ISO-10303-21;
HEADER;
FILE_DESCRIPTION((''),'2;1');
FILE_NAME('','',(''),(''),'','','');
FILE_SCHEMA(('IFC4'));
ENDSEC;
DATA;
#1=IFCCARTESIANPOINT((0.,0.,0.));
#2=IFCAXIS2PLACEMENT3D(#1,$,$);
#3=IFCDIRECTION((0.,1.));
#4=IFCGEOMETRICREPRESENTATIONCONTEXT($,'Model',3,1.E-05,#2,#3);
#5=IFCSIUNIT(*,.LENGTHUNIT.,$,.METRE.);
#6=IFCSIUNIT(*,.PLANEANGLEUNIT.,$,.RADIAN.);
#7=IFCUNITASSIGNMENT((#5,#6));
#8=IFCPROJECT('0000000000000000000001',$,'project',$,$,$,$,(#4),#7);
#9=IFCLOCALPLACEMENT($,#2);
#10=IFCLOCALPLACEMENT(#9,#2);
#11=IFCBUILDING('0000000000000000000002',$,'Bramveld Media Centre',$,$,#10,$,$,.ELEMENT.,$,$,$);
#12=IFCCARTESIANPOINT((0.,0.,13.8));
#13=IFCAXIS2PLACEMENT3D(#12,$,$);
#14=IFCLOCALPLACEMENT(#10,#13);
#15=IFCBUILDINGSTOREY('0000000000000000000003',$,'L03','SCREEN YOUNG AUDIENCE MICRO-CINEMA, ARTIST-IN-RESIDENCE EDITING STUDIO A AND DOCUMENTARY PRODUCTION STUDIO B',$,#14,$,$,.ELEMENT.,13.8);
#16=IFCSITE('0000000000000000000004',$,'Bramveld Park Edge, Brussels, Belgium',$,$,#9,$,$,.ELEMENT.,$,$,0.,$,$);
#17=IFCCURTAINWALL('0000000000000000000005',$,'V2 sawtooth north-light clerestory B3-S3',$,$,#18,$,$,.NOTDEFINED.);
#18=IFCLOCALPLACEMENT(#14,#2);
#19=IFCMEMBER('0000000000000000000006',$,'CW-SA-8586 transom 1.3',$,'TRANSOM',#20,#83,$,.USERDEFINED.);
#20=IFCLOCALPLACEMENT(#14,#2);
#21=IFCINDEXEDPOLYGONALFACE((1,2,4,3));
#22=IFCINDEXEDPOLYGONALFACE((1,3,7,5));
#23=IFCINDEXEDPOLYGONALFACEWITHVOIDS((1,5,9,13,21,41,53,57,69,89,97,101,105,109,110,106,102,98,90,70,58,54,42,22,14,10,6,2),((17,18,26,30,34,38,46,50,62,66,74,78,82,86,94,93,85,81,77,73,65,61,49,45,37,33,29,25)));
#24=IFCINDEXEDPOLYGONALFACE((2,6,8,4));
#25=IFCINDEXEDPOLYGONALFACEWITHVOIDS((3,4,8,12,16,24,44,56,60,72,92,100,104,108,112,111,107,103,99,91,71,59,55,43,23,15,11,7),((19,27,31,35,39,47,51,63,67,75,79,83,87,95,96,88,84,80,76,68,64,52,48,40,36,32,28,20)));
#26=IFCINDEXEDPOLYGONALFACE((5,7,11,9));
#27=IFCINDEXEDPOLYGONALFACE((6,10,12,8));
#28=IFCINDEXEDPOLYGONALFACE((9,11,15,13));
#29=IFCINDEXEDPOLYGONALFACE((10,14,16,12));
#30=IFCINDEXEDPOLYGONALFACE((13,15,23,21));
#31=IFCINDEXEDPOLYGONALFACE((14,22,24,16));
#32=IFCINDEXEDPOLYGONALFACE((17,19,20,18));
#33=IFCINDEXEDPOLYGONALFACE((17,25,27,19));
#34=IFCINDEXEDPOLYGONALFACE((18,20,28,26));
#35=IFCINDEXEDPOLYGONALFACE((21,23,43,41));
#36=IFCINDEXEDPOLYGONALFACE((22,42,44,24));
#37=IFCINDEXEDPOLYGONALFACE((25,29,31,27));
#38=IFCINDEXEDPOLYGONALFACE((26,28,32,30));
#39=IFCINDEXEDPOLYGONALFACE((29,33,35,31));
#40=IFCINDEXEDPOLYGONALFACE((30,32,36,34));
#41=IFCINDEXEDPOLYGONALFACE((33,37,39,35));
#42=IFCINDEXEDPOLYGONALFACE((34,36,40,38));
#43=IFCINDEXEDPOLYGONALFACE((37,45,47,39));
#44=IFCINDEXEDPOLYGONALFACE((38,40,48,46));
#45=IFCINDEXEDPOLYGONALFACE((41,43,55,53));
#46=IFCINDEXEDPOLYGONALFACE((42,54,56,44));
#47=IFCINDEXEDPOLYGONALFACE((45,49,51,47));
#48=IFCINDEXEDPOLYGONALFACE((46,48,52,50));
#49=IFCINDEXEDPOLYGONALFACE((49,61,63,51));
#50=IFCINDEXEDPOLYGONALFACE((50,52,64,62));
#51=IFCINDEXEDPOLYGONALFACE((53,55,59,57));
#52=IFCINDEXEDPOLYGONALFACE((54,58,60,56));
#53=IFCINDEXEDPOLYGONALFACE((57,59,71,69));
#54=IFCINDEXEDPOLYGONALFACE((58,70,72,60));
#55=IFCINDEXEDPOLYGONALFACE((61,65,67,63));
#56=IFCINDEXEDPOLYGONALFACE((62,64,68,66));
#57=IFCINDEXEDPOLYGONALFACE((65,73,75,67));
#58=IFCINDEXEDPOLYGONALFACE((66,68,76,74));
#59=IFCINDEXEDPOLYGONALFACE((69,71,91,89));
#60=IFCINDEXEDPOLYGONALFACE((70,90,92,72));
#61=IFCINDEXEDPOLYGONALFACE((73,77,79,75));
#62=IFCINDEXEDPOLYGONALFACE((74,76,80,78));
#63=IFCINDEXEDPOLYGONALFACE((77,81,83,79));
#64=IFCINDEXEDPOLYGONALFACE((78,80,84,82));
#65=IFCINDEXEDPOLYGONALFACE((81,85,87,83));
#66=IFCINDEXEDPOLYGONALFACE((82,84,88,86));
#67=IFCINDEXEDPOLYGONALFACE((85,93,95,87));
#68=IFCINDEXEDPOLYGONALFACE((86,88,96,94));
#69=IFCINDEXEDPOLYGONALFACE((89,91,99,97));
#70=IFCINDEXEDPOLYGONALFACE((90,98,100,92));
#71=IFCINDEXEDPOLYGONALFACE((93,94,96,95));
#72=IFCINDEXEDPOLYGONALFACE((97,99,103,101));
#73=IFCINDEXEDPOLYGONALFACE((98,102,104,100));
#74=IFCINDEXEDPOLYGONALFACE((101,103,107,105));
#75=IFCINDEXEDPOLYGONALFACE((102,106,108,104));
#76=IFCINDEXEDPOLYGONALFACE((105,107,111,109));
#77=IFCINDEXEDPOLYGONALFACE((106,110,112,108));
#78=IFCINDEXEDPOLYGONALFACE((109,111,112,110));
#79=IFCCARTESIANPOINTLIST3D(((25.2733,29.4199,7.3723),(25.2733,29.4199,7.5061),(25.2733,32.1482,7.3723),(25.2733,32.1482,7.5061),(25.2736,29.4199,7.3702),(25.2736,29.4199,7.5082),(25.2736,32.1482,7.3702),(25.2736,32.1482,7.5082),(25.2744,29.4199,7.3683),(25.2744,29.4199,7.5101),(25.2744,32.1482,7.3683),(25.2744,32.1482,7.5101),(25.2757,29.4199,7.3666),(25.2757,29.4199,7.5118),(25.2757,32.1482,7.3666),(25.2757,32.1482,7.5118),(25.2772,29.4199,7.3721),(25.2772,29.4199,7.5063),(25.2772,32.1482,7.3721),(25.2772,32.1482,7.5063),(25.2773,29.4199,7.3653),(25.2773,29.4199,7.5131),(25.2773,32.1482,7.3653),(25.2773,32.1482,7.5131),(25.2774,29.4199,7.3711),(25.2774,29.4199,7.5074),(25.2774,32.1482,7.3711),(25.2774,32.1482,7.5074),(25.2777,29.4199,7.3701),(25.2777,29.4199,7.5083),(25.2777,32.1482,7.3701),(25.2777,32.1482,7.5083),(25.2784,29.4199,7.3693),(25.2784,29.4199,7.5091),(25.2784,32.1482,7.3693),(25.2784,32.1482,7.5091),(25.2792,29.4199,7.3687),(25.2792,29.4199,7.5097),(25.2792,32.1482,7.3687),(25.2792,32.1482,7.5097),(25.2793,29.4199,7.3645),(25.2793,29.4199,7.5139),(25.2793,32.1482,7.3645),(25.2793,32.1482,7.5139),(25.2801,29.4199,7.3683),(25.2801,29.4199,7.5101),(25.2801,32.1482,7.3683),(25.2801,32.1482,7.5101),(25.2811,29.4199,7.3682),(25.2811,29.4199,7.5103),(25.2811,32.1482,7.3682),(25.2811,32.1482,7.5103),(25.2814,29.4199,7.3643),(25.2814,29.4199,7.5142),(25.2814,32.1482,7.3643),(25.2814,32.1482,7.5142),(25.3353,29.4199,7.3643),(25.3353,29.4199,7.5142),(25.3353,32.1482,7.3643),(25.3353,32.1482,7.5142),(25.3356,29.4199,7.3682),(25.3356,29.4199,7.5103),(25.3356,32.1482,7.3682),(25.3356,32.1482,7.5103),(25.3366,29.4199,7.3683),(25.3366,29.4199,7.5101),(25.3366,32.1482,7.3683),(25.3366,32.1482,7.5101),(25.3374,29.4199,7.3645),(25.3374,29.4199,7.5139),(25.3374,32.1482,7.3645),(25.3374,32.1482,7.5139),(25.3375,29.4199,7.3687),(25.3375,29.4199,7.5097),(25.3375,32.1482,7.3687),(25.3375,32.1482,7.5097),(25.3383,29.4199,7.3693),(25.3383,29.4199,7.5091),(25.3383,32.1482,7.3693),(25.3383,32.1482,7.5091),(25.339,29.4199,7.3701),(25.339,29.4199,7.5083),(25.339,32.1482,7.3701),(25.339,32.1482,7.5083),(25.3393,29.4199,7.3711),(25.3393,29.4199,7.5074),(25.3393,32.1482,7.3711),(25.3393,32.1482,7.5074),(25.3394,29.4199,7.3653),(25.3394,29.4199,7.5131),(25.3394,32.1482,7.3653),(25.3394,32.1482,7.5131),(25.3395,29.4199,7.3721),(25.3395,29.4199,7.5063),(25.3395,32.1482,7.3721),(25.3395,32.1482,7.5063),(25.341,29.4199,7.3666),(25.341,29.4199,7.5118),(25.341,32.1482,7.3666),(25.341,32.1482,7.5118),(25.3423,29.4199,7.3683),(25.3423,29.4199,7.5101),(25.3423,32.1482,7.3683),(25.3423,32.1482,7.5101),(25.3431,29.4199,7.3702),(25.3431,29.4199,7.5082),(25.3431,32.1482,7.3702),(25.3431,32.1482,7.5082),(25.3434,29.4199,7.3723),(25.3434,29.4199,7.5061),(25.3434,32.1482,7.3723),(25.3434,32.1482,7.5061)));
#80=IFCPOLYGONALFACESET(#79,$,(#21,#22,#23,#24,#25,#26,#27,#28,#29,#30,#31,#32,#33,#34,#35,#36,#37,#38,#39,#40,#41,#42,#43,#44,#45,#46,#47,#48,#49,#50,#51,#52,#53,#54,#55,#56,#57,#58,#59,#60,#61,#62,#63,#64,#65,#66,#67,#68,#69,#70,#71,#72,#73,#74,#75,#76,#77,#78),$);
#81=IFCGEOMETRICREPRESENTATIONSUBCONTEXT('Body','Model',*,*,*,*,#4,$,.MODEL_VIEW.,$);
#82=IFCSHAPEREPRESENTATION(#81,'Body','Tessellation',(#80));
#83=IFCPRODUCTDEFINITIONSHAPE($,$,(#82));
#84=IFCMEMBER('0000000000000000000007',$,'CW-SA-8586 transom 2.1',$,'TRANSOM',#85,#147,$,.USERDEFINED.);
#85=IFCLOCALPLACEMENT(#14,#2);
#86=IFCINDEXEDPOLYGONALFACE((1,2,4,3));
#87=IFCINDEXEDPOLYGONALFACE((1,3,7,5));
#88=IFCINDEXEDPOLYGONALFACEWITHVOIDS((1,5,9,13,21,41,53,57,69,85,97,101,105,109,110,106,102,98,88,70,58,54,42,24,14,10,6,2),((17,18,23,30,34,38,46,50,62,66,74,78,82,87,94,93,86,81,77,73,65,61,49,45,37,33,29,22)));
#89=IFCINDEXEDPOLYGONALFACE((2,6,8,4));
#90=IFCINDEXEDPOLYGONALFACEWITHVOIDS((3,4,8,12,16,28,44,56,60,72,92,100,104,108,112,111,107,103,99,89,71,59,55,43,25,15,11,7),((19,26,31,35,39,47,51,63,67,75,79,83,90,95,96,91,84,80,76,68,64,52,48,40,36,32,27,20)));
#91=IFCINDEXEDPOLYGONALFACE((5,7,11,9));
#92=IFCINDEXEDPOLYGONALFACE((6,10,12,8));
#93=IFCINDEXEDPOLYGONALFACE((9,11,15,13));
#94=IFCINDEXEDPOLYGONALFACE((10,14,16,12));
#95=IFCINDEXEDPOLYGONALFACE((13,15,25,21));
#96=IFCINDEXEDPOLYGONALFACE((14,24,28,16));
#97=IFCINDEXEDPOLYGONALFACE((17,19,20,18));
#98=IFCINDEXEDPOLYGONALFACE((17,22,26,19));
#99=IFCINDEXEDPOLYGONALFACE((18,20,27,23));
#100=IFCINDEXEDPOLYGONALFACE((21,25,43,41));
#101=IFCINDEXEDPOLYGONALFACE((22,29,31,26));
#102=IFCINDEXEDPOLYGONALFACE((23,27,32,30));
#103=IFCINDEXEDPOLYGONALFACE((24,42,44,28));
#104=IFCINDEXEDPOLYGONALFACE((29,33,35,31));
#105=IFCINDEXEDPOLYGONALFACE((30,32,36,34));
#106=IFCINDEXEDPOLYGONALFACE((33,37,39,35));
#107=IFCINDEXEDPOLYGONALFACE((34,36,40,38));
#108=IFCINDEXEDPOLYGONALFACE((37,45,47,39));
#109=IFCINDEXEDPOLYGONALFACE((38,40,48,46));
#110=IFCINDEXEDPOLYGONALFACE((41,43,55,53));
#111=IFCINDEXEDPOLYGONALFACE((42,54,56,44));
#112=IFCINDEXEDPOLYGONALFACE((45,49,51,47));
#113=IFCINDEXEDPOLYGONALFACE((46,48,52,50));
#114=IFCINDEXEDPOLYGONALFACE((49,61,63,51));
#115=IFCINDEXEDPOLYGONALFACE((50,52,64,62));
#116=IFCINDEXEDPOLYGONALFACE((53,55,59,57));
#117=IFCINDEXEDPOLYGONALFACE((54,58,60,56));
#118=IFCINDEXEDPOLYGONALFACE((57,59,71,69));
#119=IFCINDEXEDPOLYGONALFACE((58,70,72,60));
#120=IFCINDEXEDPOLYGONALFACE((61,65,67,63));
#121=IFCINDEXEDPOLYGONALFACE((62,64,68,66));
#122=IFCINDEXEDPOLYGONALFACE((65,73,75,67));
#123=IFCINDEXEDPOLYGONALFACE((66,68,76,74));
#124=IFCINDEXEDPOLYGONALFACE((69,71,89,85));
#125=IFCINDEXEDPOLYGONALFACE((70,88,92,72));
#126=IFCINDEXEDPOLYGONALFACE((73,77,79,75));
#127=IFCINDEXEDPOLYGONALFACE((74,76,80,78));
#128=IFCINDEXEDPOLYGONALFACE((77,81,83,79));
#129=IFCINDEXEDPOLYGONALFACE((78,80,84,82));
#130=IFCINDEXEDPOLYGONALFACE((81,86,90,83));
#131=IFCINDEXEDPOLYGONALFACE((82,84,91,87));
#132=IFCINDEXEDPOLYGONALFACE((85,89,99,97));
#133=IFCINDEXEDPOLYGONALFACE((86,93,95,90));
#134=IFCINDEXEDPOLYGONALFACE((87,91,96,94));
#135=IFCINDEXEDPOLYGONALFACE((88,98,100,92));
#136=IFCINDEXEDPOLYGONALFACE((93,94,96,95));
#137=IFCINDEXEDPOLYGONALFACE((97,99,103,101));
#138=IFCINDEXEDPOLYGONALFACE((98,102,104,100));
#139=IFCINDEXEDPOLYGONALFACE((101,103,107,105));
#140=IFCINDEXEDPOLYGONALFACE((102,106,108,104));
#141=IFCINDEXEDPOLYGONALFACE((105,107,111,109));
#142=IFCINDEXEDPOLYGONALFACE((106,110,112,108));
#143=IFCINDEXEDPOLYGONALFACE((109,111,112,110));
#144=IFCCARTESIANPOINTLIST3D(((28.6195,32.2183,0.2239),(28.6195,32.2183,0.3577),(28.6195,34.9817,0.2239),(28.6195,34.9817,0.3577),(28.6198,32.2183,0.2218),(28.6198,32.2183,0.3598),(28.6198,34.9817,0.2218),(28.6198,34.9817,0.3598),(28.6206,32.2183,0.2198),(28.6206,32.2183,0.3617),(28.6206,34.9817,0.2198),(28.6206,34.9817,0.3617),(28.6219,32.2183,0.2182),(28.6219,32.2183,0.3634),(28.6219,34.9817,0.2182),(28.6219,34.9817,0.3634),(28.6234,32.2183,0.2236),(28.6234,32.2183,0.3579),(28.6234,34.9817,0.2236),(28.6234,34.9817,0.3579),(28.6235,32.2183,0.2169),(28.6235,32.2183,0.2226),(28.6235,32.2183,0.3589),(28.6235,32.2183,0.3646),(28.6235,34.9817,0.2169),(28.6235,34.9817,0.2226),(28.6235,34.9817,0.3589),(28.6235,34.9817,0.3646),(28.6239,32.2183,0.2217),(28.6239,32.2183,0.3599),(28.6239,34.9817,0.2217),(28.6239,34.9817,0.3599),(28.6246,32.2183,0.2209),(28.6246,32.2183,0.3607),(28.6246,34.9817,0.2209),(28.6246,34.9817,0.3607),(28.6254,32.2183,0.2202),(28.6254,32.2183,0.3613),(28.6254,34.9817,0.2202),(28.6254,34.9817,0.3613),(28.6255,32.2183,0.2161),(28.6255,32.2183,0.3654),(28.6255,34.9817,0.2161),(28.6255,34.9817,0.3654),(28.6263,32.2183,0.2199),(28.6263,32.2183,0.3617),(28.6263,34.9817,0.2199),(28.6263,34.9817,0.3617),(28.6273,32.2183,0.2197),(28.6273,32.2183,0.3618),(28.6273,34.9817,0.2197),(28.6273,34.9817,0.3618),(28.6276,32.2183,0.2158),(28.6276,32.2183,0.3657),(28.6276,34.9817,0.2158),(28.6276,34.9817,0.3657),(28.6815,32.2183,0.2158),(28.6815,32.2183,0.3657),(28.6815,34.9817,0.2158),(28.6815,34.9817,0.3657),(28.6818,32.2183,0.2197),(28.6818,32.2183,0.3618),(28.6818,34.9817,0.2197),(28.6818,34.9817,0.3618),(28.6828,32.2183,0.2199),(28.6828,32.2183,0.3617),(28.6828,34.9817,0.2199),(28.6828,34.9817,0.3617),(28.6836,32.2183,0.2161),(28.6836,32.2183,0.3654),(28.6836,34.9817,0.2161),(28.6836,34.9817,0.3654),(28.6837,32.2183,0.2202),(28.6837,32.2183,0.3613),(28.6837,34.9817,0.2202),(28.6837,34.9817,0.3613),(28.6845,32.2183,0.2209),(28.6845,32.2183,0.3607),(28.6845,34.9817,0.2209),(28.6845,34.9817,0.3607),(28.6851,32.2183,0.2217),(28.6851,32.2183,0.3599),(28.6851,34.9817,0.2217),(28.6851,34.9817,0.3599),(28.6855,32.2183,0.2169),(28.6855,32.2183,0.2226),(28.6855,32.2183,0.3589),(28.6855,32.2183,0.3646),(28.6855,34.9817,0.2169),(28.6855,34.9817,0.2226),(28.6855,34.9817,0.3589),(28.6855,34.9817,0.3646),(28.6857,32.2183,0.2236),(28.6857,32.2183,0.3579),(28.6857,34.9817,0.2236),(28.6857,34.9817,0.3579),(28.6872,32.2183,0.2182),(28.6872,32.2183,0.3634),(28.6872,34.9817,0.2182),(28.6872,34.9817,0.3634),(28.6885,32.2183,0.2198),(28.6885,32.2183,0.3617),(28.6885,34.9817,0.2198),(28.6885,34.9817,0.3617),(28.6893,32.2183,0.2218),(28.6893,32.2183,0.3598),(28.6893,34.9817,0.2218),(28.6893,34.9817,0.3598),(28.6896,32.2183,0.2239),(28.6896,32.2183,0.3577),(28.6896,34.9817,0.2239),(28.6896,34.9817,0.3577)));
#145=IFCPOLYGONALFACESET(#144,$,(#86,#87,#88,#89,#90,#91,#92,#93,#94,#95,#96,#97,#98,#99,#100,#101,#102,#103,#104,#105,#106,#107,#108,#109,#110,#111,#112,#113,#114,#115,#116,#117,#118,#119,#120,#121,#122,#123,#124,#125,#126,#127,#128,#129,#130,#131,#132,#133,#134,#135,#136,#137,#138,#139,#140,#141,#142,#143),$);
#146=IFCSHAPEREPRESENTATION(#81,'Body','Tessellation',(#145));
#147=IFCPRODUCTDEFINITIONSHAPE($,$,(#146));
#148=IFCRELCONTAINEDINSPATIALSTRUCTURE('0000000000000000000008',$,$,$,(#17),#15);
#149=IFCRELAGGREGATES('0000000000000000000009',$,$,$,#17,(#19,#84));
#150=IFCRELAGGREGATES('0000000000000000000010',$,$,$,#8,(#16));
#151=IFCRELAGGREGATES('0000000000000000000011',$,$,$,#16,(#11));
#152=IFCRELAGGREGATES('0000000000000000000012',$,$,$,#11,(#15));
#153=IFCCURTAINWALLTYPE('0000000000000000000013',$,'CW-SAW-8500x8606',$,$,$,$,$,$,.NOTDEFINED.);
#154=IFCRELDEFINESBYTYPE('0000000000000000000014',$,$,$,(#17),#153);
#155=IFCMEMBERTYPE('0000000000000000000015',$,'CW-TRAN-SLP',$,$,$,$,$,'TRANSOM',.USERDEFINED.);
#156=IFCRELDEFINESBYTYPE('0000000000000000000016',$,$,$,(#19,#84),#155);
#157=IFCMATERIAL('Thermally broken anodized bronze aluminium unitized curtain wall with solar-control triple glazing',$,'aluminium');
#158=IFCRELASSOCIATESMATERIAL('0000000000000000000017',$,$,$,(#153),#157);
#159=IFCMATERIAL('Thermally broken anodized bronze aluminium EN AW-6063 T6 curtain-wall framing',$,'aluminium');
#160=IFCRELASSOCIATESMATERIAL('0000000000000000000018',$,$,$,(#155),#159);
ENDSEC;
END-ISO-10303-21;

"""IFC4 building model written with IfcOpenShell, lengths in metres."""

from ifc_helpers import new_model, si_unit, direction, frame, origin, origin_2d, place, context, subcontext, project, spatial, hollow_rectangle, extrude, material, material_profile, profile_set, type_object, element, aggregate, save


model = new_model("IFC4")

# Units and contexts
model_context = context("Model", 3, precision=1e-05, world=origin(), true_north=direction((0.0, 1.0)))
body_context = subcontext(model_context, "Body", "Model", "MODEL_VIEW")
ifc_project = project(units=[si_unit("LENGTHUNIT", "METRE"), si_unit("PLANEANGLEUNIT", "RADIAN")], contexts=[model_context])

# Site, building, storey
site_placement = place(None, origin())
site = spatial("IfcSite", under=ifc_project, at=site_placement, Name="Bramveld Park Edge, Brussels, Belgium", CompositionType="ELEMENT", RefElevation=0.0)
building_placement = place(site_placement, origin())
building = spatial("IfcBuilding", under=site, at=building_placement, Name="Bramveld Media Centre", CompositionType="ELEMENT")
storey_placement = place(building_placement, frame((0.0, 0.0, 13.8)))
storey = spatial("IfcBuildingStorey", under=building, at=storey_placement, Name="L03", Description="SCREEN YOUNG AUDIENCE MICRO-CINEMA, ARTIST-IN-RESIDENCE EDITING STUDIO A AND DOCUMENTARY PRODUCTION STUDIO B", CompositionType="ELEMENT", Elevation=13.8)

# Curtain wall, members
ifc_material_1 = material(Name="Thermally broken anodized bronze aluminium unitized curtain wall with solar-control triple glazing", Category="aluminium")
curtain_wall_type = type_object("IfcCurtainWallType", Name="CW-SAW-8500x8606", PredefinedType="NOTDEFINED", material=ifc_material_1)
curtain_wall_placement = place(storey_placement, origin())
curtain_wall = element("IfcCurtainWall", 1, at=curtain_wall_placement, inside=storey, type_object=curtain_wall_type, Name="V2 sawtooth north-light clerestory B3-S3", PredefinedType="NOTDEFINED")
ifc_material_2 = material(Name="Thermally broken anodized bronze aluminium EN AW-6063 T6 curtain-wall framing", Category="aluminium")
ifc_material_profile_1 = material_profile(ifc_material_2, hollow_rectangle(XDim=0.0701, YDim=0.1499, WallThickness=0.0039, InnerFilletRadius=0.0039, OuterFilletRadius=0.0081, at=origin_2d()), Name="AL-TRAN 70x150")
ifc_profile_set_1 = profile_set([ifc_material_profile_1], Name="Thermally broken anodized bronze aluminium EN AW-6063 T6 curtain-wall framing")
member_type_1 = type_object("IfcMemberType", Name="CW-TRAN-SLP", ElementType="TRANSOM", PredefinedType="USERDEFINED", material=ifc_profile_set_1)
member_1_placement = place(storey_placement, frame((25.3083, 29.4199, 7.4392), z_axis=(0.0, 1.0, 0.0), x_axis=(-1.0, 0.0, 0.0)))
member_1 = element("IfcMember", 2, at=member_1_placement, type_object=member_type_1, Name="CW-SA-8586 transom 1.3", ObjectType="TRANSOM", PredefinedType="USERDEFINED", context=body_context, shape_type="SweptSolid", body=[
    extrude(hollow_rectangle(XDim=0.0701, YDim=0.1499, WallThickness=0.0039, InnerFilletRadius=0.0039, OuterFilletRadius=0.0081, at=origin_2d()), origin(), (0.0, 0.0, 1.0), 2.7283),
])
member_2_placement = place(storey_placement, frame((28.6545, 32.2183, 0.2908), z_axis=(0.0, 1.0, 0.0), x_axis=(-1.0, 0.0, 0.0)))
member_2 = element("IfcMember", 3, at=member_2_placement, type_object=member_type_1, Name="CW-SA-8586 transom 2.1", ObjectType="TRANSOM", PredefinedType="USERDEFINED", context=body_context, shape_type="SweptSolid", body=[
    extrude(hollow_rectangle(XDim=0.0701, YDim=0.1499, WallThickness=0.0039, InnerFilletRadius=0.0039, OuterFilletRadius=0.0081, at=origin_2d()), origin(), (0.0, 0.0, 1.0), 2.7634),
])

aggregate(curtain_wall, [member_1, member_2])

save(model, "model.ifc")
